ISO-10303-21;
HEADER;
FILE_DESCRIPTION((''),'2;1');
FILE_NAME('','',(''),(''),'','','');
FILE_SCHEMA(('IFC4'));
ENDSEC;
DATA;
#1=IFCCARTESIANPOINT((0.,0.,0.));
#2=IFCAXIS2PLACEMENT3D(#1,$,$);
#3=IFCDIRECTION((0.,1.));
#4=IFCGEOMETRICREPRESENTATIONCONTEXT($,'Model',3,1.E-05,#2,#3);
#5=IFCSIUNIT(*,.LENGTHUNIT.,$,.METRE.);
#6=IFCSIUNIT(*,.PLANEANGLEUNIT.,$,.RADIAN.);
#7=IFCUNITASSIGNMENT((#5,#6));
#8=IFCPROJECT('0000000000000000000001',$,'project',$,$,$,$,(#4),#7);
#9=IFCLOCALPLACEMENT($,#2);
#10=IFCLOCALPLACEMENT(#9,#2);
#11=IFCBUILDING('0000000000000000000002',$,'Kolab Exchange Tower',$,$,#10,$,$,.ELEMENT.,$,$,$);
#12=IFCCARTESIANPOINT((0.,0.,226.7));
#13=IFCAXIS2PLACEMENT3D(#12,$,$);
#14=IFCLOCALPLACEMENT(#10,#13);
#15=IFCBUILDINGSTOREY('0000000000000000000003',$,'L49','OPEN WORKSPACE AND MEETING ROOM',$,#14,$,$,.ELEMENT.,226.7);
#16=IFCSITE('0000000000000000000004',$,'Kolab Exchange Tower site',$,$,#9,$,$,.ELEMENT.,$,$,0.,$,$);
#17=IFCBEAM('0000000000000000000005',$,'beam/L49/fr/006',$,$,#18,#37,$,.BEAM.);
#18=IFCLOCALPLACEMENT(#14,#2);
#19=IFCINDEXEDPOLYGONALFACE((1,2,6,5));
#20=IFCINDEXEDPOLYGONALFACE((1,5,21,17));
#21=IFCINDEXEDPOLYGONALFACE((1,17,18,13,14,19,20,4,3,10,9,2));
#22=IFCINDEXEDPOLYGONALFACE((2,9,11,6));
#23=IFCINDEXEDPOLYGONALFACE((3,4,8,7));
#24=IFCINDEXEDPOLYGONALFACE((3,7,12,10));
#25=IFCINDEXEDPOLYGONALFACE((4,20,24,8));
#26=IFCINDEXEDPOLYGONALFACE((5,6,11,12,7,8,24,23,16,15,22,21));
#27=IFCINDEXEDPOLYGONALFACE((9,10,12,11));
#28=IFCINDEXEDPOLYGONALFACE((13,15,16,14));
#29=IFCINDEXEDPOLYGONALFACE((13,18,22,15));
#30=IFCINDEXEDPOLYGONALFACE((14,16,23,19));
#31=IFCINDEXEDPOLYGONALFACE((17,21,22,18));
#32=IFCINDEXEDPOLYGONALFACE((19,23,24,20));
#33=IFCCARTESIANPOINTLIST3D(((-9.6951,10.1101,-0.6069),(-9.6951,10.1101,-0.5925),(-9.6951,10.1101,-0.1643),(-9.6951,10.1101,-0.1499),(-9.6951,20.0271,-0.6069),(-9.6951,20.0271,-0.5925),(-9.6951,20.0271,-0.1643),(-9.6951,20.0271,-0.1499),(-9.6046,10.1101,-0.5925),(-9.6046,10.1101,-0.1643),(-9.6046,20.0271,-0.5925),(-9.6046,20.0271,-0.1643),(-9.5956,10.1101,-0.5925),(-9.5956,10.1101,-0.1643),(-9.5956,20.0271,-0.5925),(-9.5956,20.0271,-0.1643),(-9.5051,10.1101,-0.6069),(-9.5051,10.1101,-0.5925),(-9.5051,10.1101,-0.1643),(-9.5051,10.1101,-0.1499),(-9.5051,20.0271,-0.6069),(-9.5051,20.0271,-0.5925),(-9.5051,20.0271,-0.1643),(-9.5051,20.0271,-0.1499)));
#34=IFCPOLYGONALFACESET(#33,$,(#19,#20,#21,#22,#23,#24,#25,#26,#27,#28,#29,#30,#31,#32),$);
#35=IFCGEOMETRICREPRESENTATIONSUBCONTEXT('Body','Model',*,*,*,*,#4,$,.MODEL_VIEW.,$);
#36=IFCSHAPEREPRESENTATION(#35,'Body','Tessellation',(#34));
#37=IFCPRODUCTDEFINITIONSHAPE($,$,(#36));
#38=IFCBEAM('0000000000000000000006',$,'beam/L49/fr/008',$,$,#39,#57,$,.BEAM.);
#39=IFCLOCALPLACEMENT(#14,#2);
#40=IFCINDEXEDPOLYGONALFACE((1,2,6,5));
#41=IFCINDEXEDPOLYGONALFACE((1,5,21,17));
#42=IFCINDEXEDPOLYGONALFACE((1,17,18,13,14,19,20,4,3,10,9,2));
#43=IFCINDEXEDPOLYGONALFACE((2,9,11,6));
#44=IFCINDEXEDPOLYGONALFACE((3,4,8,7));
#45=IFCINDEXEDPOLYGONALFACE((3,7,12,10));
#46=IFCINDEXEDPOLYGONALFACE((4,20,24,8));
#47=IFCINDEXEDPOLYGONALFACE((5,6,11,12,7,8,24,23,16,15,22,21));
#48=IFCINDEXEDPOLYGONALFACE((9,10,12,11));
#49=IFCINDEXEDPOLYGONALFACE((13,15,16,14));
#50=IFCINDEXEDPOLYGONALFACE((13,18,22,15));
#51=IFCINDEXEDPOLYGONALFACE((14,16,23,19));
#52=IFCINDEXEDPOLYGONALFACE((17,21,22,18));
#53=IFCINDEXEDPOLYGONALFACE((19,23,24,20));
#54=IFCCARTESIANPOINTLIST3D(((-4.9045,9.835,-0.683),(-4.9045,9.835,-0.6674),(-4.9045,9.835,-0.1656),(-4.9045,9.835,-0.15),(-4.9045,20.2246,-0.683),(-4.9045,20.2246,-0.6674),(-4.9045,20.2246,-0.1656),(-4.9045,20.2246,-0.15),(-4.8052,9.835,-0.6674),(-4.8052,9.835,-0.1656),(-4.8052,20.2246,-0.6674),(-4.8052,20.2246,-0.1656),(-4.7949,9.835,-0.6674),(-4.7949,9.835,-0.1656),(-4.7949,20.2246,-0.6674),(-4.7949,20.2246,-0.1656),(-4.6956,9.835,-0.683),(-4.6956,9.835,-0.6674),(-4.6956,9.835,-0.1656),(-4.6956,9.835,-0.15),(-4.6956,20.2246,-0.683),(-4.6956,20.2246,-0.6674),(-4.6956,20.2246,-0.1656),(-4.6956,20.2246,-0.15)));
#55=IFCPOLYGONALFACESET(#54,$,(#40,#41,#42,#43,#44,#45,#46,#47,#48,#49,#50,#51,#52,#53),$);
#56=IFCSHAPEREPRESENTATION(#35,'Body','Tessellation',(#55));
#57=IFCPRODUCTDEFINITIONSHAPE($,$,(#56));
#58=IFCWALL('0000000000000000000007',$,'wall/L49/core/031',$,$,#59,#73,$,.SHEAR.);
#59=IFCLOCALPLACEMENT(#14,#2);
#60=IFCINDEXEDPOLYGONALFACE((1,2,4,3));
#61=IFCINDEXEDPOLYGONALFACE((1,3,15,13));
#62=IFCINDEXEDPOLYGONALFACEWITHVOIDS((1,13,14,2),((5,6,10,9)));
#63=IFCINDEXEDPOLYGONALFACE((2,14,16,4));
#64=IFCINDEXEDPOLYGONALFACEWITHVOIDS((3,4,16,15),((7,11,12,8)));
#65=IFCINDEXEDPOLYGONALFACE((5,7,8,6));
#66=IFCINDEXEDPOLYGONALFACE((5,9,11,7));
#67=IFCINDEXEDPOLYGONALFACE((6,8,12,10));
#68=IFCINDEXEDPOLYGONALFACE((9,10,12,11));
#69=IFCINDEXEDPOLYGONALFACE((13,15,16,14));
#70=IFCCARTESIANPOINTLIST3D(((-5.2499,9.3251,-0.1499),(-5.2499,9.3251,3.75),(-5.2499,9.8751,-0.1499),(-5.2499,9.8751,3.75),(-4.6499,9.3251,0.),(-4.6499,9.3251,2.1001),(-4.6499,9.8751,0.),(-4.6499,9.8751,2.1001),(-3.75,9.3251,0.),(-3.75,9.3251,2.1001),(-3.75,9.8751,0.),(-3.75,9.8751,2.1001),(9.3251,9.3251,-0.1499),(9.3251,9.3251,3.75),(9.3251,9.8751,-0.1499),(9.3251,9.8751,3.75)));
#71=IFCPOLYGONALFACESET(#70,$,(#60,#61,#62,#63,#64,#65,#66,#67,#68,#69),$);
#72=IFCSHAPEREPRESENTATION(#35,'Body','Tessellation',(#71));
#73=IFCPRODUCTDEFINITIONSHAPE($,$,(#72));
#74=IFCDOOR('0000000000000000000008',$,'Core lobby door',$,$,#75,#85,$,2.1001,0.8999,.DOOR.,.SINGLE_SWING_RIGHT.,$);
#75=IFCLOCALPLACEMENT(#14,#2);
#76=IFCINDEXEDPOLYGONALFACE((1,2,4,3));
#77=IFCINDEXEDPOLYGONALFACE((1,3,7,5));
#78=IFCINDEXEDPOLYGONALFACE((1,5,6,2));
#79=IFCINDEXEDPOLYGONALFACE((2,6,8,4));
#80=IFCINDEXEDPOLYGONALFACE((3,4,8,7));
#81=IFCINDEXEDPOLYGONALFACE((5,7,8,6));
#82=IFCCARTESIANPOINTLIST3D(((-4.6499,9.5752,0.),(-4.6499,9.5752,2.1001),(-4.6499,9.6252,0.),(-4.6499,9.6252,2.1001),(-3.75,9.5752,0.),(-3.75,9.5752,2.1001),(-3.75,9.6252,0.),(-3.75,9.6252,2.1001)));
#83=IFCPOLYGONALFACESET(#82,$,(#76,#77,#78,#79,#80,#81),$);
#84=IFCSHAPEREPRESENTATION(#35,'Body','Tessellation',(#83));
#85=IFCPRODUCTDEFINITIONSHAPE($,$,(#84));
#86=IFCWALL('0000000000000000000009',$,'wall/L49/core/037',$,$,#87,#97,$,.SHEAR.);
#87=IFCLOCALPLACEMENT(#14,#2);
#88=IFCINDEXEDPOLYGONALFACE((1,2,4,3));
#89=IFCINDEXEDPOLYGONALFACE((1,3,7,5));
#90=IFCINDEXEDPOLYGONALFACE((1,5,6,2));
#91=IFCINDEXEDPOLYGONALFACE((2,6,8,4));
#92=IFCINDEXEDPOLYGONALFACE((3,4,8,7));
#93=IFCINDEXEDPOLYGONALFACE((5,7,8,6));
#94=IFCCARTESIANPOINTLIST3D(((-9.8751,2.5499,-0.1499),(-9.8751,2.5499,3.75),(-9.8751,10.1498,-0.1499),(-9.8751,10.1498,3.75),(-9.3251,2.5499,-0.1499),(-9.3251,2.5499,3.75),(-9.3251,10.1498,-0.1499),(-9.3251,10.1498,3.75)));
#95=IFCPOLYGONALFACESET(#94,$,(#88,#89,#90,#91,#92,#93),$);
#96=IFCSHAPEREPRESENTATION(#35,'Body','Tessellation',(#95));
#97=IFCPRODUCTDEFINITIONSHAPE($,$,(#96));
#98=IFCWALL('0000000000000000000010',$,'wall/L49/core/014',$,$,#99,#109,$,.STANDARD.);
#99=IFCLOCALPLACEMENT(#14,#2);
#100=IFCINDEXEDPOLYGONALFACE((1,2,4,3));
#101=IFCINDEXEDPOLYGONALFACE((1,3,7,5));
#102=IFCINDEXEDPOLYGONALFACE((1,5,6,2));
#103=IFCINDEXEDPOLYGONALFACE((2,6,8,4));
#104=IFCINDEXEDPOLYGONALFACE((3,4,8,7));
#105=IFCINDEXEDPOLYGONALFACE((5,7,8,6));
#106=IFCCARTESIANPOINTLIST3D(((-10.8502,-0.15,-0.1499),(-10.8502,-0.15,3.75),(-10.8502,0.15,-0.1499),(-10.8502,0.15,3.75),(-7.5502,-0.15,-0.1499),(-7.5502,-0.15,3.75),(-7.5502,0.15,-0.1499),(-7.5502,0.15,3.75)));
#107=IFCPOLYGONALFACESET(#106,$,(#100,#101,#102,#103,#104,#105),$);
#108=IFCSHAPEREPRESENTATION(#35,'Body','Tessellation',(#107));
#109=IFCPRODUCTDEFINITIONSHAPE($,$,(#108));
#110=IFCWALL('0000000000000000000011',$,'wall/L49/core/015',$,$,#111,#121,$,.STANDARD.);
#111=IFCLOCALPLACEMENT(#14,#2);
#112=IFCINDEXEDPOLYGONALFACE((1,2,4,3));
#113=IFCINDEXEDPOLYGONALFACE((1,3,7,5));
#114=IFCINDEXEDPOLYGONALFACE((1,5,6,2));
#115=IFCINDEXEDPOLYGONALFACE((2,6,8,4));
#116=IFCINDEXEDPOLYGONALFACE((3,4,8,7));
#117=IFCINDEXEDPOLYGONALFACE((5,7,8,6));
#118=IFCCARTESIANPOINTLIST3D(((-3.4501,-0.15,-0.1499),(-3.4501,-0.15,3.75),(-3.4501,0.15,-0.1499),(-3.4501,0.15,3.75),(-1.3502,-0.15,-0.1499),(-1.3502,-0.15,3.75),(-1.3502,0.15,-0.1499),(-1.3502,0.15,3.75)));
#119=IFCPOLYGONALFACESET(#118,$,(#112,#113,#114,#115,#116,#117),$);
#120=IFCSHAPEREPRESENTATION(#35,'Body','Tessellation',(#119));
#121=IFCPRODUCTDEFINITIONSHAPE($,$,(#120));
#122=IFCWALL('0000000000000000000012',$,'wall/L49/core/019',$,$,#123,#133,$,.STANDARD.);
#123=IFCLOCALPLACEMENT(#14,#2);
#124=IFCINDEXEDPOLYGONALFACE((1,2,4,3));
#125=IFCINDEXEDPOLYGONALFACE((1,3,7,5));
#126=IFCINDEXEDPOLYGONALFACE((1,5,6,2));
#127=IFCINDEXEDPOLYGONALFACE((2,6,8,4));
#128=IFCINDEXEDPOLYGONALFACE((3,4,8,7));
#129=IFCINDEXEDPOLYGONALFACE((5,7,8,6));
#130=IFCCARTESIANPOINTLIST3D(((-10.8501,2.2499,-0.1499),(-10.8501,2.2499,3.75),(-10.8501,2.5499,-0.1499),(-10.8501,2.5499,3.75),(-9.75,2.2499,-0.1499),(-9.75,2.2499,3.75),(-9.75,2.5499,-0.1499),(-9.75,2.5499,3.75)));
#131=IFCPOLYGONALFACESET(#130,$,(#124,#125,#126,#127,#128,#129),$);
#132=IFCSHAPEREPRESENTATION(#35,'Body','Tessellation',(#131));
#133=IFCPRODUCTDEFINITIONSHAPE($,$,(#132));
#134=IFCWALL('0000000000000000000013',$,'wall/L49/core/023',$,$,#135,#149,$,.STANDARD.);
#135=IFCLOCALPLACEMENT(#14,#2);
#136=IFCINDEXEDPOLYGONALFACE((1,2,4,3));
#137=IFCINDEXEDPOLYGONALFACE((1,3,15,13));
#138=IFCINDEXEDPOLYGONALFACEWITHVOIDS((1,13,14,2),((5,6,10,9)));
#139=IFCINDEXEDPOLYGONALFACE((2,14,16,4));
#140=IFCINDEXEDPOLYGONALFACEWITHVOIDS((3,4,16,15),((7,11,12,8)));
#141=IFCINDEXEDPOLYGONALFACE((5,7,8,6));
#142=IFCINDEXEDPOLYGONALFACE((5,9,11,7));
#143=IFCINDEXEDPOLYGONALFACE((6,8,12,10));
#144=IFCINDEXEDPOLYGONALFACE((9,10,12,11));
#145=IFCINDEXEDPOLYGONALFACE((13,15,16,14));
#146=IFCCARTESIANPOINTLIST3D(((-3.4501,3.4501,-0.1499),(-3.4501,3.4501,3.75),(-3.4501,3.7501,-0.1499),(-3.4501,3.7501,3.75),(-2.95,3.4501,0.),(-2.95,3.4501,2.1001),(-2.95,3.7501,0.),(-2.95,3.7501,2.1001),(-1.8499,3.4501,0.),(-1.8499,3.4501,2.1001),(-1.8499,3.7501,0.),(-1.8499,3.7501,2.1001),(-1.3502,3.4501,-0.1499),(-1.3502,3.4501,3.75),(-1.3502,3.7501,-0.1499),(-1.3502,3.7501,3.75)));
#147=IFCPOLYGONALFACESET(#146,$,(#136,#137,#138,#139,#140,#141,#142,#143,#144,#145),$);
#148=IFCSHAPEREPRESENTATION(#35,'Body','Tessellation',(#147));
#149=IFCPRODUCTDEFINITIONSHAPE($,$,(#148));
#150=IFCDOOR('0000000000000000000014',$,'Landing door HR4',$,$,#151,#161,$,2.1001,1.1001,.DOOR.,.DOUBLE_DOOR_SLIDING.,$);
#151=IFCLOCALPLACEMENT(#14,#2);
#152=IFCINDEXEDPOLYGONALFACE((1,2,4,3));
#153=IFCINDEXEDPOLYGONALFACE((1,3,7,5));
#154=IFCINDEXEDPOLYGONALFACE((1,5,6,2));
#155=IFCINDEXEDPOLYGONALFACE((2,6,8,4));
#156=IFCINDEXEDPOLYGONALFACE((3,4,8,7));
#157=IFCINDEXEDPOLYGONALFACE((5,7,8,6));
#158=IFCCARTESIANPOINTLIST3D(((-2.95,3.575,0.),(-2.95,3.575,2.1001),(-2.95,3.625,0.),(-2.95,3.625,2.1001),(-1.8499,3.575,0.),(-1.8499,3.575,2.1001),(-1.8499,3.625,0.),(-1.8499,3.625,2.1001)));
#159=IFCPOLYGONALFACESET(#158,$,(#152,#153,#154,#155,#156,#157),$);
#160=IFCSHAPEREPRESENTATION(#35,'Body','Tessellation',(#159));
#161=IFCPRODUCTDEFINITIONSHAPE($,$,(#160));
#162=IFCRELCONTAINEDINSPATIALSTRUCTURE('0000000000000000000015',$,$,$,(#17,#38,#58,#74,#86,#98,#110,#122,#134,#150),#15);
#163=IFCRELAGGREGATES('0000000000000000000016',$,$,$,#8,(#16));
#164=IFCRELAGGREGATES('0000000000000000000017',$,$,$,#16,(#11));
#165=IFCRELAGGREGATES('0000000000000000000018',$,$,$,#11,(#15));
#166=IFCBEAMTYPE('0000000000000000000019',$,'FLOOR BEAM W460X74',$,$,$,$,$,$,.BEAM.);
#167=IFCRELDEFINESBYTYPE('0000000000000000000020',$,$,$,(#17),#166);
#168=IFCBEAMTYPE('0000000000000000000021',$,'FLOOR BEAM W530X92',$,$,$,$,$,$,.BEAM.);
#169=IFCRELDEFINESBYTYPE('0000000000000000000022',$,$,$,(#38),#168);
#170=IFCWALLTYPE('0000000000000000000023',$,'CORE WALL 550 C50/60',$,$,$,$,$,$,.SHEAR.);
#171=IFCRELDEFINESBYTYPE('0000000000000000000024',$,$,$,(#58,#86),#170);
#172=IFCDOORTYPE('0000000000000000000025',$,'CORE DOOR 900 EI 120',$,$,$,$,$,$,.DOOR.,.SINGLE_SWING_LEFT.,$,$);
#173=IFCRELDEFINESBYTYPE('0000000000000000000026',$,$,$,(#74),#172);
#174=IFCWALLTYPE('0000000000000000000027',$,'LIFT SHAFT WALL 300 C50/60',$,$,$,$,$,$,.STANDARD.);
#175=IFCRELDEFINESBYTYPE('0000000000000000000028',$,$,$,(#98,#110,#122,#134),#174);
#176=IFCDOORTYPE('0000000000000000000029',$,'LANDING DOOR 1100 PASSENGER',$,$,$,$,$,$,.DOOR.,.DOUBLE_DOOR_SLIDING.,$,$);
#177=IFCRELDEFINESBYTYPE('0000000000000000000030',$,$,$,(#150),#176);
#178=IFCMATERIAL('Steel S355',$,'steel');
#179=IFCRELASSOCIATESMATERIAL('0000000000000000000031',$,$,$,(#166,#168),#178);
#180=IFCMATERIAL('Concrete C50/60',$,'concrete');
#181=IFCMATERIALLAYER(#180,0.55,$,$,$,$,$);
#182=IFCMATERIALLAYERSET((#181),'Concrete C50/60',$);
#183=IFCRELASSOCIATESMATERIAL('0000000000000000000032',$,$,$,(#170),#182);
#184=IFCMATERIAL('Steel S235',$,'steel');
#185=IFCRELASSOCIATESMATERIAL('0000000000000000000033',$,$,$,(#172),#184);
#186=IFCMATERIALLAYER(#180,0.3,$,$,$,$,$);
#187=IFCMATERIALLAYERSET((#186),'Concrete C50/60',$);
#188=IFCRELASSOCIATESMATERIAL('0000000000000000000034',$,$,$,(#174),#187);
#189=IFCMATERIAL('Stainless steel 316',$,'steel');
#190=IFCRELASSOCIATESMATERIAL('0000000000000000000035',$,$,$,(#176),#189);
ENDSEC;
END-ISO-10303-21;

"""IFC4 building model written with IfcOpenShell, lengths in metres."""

from ifc_helpers import new_model, si_unit, direction, frame, frame_2d, origin, origin_2d, place, context, subcontext, project, spatial, rectangle, i_section, extrude, material, layer, layer_set, material_profile, profile_set, type_object, element, fill, save


model = new_model("IFC4")

# Units and contexts
model_context = context("Model", 3, precision=1e-05, world=origin(), true_north=direction((0.0, 1.0)))
body_context = subcontext(model_context, "Body", "Model", "MODEL_VIEW")
ifc_project = project(units=[si_unit("LENGTHUNIT", "METRE"), si_unit("PLANEANGLEUNIT", "RADIAN")], contexts=[model_context])

# Site, building, storey
site_placement = place(None, origin())
site = spatial("IfcSite", under=ifc_project, at=site_placement, Name="Kolab Exchange Tower site", CompositionType="ELEMENT", RefElevation=0.0)
building_placement = place(site_placement, origin())
building = spatial("IfcBuilding", under=site, at=building_placement, Name="Kolab Exchange Tower", CompositionType="ELEMENT")
storey_placement = place(building_placement, frame((0.0, 0.0, 226.7)))
storey = spatial("IfcBuildingStorey", under=building, at=storey_placement, Name="L49", Description="OPEN WORKSPACE AND MEETING ROOM", CompositionType="ELEMENT", Elevation=226.7)

# Beams
ifc_material_1 = material(Name="Steel S355", Category="steel")
ifc_material_profile_1 = material_profile(ifc_material_1, i_section(OverallWidth=0.1899, OverallDepth=0.457, WebThickness=0.009, FlangeThickness=0.0144, at=origin_2d()), Name="W460X74")
ifc_profile_set_1 = profile_set([ifc_material_profile_1], Name="Steel S355")
beam_type_1 = type_object("IfcBeamType", Name="FLOOR BEAM W460X74", PredefinedType="BEAM", material=ifc_profile_set_1)
beam_1_placement = place(storey_placement, frame((-9.6001, 10.1101, -0.3784), z_axis=(0.0, 1.0, 0.0), x_axis=(-1.0, 0.0, 0.0)))
element("IfcBeam", 1, at=beam_1_placement, inside=storey, type_object=beam_type_1, Name="beam/L49/fr/006", PredefinedType="BEAM", context=body_context, shape_type="SweptSolid", body=[
    extrude(i_section(OverallWidth=0.1899, OverallDepth=0.457, WebThickness=0.009, FlangeThickness=0.0144, at=origin_2d()), origin(), (0.0, 0.0, 1.0), 9.917),
])
ifc_material_profile_2 = material_profile(ifc_material_1, i_section(OverallWidth=0.209, OverallDepth=0.533, WebThickness=0.0103, FlangeThickness=0.0156, at=origin_2d()), Name="W530X92")
ifc_profile_set_2 = profile_set([ifc_material_profile_2], Name="Steel S355")
beam_type_2 = type_object("IfcBeamType", Name="FLOOR BEAM W530X92", PredefinedType="BEAM", material=ifc_profile_set_2)
beam_2_placement = place(storey_placement, frame((-4.8, 9.835, -0.4165), z_axis=(0.0, 1.0, 0.0), x_axis=(-1.0, 0.0, 0.0)))
element("IfcBeam", 2, at=beam_2_placement, inside=storey, type_object=beam_type_2, Name="beam/L49/fr/008", PredefinedType="BEAM", context=body_context, shape_type="SweptSolid", body=[
    extrude(i_section(OverallWidth=0.209, OverallDepth=0.533, WebThickness=0.0103, FlangeThickness=0.0156, at=origin_2d()), origin(), (0.0, 0.0, 1.0), 10.3896),
])

# Wall, opening, door
ifc_material_2 = material(Name="Concrete C50/60", Category="concrete")
ifc_layer_1 = layer(ifc_material_2, 0.55)
ifc_layer_set_1 = layer_set([ifc_layer_1], Name="Concrete C50/60")
wall_type_1 = type_object("IfcWallType", Name="CORE WALL 550 C50/60", PredefinedType="SHEAR", material=ifc_layer_set_1)
wall_1_placement = place(storey_placement, frame((-5.25, 9.6001, -0.1499), z_axis=(0.0, 0.0, 1.0), x_axis=(1.0, 0.0, 0.0)))
wall_1 = element("IfcWall", 3, at=wall_1_placement, inside=storey, type_object=wall_type_1, Name="wall/L49/core/031", PredefinedType="SHEAR", context=body_context, shape_type="SweptSolid", body=[
    extrude(rectangle(XDim=14.575, YDim=0.55, at=frame_2d((7.2876, 0.0))), origin(), (0.0, 0.0, 1.0), 3.8999),
])
opening_1_placement = place(wall_1_placement, frame((0.6001, 0.0, 0.1499)))
opening_1 = element("IfcOpeningElement", 4, at=opening_1_placement, cuts=wall_1, PredefinedType="OPENING", context=body_context, shape_type="SweptSolid", body=[
    extrude(rectangle(XDim=0.8999, YDim=2.1001, at=frame_2d((0.45, 1.05))), frame((0.0, 0.2852, 0.0), z_axis=(0.0, -1.0, 0.0), x_axis=(1.0, 0.0, 0.0)), (0.0, 0.0, 1.0), 0.5701),
])
ifc_material_3 = material(Name="Steel S235", Category="steel")
door_type_1 = type_object("IfcDoorType", Name="CORE DOOR 900 EI 120", OperationType="SINGLE_SWING_LEFT", PredefinedType="DOOR", material=ifc_material_3)
door_1_placement = place(opening_1_placement, frame((0.8999, 0.0, 0.0), z_axis=(0.0, 0.0, 1.0), x_axis=(-1.0, 0.0, 0.0)))
door_1 = element("IfcDoor", 5, at=door_1_placement, inside=storey, type_object=door_type_1, Name="Core lobby door", OperationType="SINGLE_SWING_RIGHT", OverallHeight=2.1001, OverallWidth=0.8999, PredefinedType="DOOR", context=body_context, shape_type="SweptSolid", body=[
    extrude(rectangle(XDim=0.8999, YDim=2.1001, at=frame_2d((0.45, 1.05))), frame((0.0, 0.0249, 0.0), z_axis=(0.0, -1.0, 0.0), x_axis=(1.0, 0.0, 0.0)), (0.0, 0.0, 1.0), 0.05),
])
fill(opening_1, door_1)

# Walls
wall_2_placement = place(storey_placement, frame((-9.6001, 2.55, -0.1499), z_axis=(0.0, 0.0, 1.0), x_axis=(0.0, 1.0, 0.0)))
element("IfcWall", 6, at=wall_2_placement, inside=storey, type_object=wall_type_1, Name="wall/L49/core/037", PredefinedType="SHEAR", context=body_context, shape_type="SweptSolid", body=[
    extrude(rectangle(XDim=7.5999, YDim=0.55, at=frame_2d((3.7998, 0.0))), origin(), (0.0, 0.0, 1.0), 3.8999),
])
ifc_layer_2 = layer(ifc_material_2, 0.3)
ifc_layer_set_2 = layer_set([ifc_layer_2], Name="Concrete C50/60")
wall_type_2 = type_object("IfcWallType", Name="LIFT SHAFT WALL 300 C50/60", PredefinedType="STANDARD", material=ifc_layer_set_2)
wall_3_placement = place(storey_placement, frame((-10.8501, 0.0, -0.1499), z_axis=(0.0, 0.0, 1.0), x_axis=(1.0, 0.0, 0.0)))
element("IfcWall", 7, at=wall_3_placement, inside=storey, type_object=wall_type_2, Name="wall/L49/core/014", PredefinedType="STANDARD", context=body_context, shape_type="SweptSolid", body=[
    extrude(rectangle(XDim=3.3, YDim=0.3, at=frame_2d((1.6499, 0.0))), origin(), (0.0, 0.0, 1.0), 3.8999),
])
wall_4_placement = place(storey_placement, frame((-3.45, 0.0, -0.1499), z_axis=(0.0, 0.0, 1.0), x_axis=(1.0, 0.0, 0.0)))
element("IfcWall", 8, at=wall_4_placement, inside=storey, type_object=wall_type_2, Name="wall/L49/core/015", PredefinedType="STANDARD", context=body_context, shape_type="SweptSolid", body=[
    extrude(rectangle(XDim=2.0999, YDim=0.3, at=frame_2d((1.0498, 0.0))), origin(), (0.0, 0.0, 1.0), 3.8999),
])
wall_5_placement = place(storey_placement, frame((-10.8501, 2.3999, -0.1499), z_axis=(0.0, 0.0, 1.0), x_axis=(1.0, 0.0, 0.0)))
element("IfcWall", 9, at=wall_5_placement, inside=storey, type_object=wall_type_2, Name="wall/L49/core/019", PredefinedType="STANDARD", context=body_context, shape_type="SweptSolid", body=[
    extrude(rectangle(XDim=1.1001, YDim=0.3, at=frame_2d((0.55, 0.0))), origin(), (0.0, 0.0, 1.0), 3.8999),
])

# Wall, opening, door
wall_6_placement = place(storey_placement, frame((-3.45, 3.6001, -0.1499), z_axis=(0.0, 0.0, 1.0), x_axis=(1.0, 0.0, 0.0)))
wall_6 = element("IfcWall", 10, at=wall_6_placement, inside=storey, type_object=wall_type_2, Name="wall/L49/core/023", PredefinedType="STANDARD", context=body_context, shape_type="SweptSolid", body=[
    extrude(rectangle(XDim=2.0999, YDim=0.3, at=frame_2d((1.0498, 0.0))), origin(), (0.0, 0.0, 1.0), 3.8999),
])
opening_2_placement = place(wall_6_placement, frame((0.5, 0.0, 0.1499)))
opening_2 = element("IfcOpeningElement", 11, at=opening_2_placement, cuts=wall_6, PredefinedType="OPENING", context=body_context, shape_type="SweptSolid", body=[
    extrude(rectangle(XDim=1.1001, YDim=2.1001, at=frame_2d((0.55, 1.05))), frame((0.0, 0.1602, 0.0), z_axis=(0.0, -1.0, 0.0), x_axis=(1.0, 0.0, 0.0)), (0.0, 0.0, 1.0), 0.3201),
])
ifc_material_4 = material(Name="Stainless steel 316", Category="steel")
door_type_2 = type_object("IfcDoorType", Name="LANDING DOOR 1100 PASSENGER", OperationType="DOUBLE_DOOR_SLIDING", PredefinedType="DOOR", material=ifc_material_4)
door_2_placement = place(opening_2_placement, origin())
door_2 = element("IfcDoor", 12, at=door_2_placement, inside=storey, type_object=door_type_2, Name="Landing door HR4", OperationType="DOUBLE_DOOR_SLIDING", OverallHeight=2.1001, OverallWidth=1.1001, PredefinedType="DOOR", context=body_context, shape_type="SweptSolid", body=[
    extrude(rectangle(XDim=1.1001, YDim=2.1001, at=frame_2d((0.55, 1.05))), frame((0.0, 0.0249, 0.0), z_axis=(0.0, -1.0, 0.0), x_axis=(1.0, 0.0, 0.0)), (0.0, 0.0, 1.0), 0.05),
])
fill(opening_2, door_2)

save(model, "model.ifc")
